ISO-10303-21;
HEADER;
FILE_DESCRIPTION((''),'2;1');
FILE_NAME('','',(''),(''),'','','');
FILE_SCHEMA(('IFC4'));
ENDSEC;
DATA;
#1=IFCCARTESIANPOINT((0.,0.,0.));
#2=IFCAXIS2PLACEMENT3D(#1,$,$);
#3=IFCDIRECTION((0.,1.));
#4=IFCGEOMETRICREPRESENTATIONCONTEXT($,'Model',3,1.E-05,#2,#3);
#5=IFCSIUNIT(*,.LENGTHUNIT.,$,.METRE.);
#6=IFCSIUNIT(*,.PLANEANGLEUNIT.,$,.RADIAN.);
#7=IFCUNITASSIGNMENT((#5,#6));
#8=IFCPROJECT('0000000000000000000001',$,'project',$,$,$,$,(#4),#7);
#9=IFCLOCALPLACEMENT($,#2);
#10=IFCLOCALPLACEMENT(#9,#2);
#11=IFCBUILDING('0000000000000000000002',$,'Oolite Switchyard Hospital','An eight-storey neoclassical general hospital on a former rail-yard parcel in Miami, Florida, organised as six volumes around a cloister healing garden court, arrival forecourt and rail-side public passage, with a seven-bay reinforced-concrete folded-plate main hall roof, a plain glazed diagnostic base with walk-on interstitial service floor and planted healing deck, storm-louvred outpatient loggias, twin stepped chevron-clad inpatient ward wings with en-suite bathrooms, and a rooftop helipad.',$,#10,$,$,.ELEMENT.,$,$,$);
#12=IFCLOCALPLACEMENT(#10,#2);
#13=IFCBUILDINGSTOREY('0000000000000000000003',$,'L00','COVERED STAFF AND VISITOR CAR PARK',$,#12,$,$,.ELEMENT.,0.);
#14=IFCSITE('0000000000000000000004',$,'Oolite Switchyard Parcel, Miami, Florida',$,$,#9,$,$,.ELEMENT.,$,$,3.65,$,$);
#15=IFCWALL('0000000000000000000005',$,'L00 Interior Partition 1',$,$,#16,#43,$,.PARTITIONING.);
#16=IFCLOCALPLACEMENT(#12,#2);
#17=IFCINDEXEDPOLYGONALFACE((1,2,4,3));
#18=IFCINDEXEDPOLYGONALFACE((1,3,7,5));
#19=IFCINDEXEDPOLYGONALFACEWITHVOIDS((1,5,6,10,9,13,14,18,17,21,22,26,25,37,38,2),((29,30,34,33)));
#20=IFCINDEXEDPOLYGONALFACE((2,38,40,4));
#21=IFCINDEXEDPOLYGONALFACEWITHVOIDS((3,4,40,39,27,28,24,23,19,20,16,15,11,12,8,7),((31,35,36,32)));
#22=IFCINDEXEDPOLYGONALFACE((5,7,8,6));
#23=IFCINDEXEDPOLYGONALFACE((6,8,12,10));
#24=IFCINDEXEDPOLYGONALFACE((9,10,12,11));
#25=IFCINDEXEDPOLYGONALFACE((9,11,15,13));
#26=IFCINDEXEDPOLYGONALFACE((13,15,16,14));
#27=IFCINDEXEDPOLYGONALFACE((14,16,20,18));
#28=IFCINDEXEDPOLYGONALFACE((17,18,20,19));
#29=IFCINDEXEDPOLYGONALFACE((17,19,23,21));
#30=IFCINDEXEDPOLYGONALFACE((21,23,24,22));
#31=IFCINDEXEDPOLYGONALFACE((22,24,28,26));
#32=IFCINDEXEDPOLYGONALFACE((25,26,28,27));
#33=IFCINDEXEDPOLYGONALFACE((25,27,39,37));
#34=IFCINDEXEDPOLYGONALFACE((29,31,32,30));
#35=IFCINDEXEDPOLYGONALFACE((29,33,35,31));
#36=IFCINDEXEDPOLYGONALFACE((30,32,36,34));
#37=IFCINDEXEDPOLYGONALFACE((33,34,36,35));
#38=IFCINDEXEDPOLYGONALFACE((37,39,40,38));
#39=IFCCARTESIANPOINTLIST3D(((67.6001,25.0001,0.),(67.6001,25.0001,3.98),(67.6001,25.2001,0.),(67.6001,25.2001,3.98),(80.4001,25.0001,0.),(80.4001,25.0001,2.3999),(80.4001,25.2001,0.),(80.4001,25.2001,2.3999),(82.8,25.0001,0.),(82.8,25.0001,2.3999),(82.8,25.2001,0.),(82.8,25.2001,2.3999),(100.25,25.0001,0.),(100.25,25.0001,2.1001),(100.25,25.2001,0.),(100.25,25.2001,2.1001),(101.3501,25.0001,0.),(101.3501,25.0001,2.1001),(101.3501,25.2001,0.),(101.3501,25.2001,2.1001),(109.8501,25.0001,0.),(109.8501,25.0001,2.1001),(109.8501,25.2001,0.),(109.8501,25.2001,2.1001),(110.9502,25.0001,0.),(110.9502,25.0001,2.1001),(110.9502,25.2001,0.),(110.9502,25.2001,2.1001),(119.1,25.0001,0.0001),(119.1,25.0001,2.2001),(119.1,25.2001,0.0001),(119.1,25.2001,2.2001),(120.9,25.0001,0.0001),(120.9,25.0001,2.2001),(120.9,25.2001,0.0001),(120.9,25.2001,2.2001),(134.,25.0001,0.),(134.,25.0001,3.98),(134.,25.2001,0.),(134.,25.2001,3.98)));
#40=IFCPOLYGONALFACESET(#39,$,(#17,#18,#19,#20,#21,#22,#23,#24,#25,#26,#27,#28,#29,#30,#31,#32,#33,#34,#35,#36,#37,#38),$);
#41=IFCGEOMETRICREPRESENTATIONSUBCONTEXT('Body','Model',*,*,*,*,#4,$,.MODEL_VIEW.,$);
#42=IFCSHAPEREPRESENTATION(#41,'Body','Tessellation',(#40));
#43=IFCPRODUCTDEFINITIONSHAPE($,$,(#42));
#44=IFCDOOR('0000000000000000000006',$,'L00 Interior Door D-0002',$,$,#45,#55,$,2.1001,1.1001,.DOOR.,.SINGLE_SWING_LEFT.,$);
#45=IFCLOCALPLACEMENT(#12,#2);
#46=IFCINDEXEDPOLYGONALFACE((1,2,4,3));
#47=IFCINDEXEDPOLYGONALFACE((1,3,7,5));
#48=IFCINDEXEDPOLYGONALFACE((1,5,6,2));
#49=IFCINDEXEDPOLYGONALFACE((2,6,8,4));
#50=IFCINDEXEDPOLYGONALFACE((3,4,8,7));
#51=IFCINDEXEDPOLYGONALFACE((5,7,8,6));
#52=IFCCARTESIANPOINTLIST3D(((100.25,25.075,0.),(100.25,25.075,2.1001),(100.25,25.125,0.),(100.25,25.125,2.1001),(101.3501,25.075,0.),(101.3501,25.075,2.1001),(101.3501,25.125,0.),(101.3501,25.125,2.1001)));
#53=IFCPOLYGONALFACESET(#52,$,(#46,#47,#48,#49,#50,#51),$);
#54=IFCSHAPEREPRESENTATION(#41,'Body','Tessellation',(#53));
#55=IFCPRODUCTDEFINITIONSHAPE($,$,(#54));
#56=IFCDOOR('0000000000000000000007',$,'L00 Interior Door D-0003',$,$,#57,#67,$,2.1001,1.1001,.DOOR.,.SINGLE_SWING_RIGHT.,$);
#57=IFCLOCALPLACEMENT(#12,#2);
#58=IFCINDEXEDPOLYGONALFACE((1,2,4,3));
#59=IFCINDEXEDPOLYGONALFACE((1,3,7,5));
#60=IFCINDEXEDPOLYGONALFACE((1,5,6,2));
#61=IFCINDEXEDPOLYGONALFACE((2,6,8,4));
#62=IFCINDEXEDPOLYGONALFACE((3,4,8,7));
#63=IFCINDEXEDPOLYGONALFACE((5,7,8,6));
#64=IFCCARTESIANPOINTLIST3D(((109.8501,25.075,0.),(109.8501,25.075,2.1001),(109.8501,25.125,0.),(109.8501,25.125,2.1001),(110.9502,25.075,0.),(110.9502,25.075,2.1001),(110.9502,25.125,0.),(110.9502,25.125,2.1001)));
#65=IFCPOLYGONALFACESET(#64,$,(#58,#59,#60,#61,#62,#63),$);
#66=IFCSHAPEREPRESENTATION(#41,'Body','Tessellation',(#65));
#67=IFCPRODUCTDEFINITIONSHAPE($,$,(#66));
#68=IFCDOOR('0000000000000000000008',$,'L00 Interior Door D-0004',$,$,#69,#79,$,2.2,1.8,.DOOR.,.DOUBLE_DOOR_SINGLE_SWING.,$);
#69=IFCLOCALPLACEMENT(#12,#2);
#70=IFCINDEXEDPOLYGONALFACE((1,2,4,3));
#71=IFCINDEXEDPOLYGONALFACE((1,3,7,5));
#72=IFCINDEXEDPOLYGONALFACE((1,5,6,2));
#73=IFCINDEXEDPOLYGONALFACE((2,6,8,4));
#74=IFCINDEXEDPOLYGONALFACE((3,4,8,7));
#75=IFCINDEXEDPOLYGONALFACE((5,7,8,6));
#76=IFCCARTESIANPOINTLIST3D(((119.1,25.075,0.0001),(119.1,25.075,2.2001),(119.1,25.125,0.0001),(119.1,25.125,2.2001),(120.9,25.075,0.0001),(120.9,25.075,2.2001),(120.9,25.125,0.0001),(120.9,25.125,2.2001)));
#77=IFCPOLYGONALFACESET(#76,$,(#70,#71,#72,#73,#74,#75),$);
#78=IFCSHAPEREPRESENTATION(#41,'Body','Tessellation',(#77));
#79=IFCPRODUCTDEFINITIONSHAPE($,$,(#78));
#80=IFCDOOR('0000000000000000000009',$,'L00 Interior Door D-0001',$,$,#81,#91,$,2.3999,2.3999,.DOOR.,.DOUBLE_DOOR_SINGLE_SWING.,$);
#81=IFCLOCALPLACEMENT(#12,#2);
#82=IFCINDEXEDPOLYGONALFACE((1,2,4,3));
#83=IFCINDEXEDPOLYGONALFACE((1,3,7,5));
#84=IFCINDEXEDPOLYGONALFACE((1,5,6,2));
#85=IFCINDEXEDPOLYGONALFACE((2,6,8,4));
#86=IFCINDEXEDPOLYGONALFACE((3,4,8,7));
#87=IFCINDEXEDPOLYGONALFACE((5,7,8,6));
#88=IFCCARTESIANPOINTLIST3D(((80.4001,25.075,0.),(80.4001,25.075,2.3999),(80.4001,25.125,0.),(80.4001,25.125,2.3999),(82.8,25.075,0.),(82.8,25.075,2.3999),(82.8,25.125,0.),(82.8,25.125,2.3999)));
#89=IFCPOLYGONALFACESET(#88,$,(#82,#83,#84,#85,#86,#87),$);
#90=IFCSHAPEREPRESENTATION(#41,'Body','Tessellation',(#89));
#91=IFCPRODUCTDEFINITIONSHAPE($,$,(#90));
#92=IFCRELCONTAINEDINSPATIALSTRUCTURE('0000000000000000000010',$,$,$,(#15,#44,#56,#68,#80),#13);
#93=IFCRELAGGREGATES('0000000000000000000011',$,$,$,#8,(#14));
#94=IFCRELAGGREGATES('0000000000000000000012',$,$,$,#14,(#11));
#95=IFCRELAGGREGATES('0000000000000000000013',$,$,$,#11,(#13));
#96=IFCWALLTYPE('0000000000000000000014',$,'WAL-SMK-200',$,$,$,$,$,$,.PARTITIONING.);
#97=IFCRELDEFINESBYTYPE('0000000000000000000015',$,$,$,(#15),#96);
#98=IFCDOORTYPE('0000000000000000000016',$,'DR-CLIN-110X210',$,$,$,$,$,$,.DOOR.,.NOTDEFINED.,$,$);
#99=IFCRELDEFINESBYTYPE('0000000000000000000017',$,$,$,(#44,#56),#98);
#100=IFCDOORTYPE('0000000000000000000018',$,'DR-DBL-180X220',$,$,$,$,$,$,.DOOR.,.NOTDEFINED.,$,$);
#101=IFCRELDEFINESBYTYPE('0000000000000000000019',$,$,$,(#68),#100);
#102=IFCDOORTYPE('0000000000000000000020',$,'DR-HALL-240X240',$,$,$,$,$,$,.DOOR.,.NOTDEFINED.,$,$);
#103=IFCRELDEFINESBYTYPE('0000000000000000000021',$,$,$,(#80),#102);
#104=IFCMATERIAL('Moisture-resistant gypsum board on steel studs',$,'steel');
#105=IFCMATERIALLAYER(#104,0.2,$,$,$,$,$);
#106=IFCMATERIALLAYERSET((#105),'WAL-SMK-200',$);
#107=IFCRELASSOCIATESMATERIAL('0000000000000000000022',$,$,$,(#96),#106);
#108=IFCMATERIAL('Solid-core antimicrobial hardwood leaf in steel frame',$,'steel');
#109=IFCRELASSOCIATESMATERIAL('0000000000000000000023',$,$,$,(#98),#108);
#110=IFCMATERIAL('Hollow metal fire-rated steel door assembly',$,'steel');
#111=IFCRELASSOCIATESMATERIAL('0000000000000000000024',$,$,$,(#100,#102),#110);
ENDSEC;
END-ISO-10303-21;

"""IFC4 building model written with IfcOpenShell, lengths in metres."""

from ifc_helpers import new_model, si_unit, direction, frame, frame_2d, origin, place, context, subcontext, project, spatial, rectangle, extrude, material, layer, layer_set, type_object, element, fill, save


model = new_model("IFC4")

# Units and contexts
model_context = context("Model", 3, precision=1e-05, world=origin(), true_north=direction((0.0, 1.0)))
body_context = subcontext(model_context, "Body", "Model", "MODEL_VIEW")
ifc_project = project(units=[si_unit("LENGTHUNIT", "METRE"), si_unit("PLANEANGLEUNIT", "RADIAN")], contexts=[model_context])

# Site, building, storey
site_placement = place(None, origin())
site = spatial("IfcSite", under=ifc_project, at=site_placement, Name="Oolite Switchyard Parcel, Miami, Florida", CompositionType="ELEMENT", RefElevation=3.65)
building_placement = place(site_placement, origin())
building = spatial("IfcBuilding", under=site, at=building_placement, Name="Oolite Switchyard Hospital", Description="An eight-storey neoclassical general hospital on a former rail-yard parcel in Miami, Florida, organised as six volumes around a cloister healing garden court, arrival forecourt and rail-side public passage, with a seven-bay reinforced-concrete folded-plate main hall roof, a plain glazed diagnostic base with walk-on interstitial service floor and planted healing deck, storm-louvred outpatient loggias, twin stepped chevron-clad inpatient ward wings with en-suite bathrooms, and a rooftop helipad.", CompositionType="ELEMENT")
storey_placement = place(building_placement, origin())
storey = spatial("IfcBuildingStorey", under=building, at=storey_placement, Name="L00", Description="COVERED STAFF AND VISITOR CAR PARK", CompositionType="ELEMENT", Elevation=0.0)

# Wall, openings, doors
ifc_material_1 = material(Name="Moisture-resistant gypsum board on steel studs", Category="steel")
ifc_layer_1 = layer(ifc_material_1, 0.2)
ifc_layer_set_1 = layer_set([ifc_layer_1], Name="WAL-SMK-200")
wall_type = type_object("IfcWallType", Name="WAL-SMK-200", PredefinedType="PARTITIONING", material=ifc_layer_set_1)
wall_placement = place(storey_placement, frame((67.6001, 25.1001, 0.0), z_axis=(0.0, 0.0, 1.0), x_axis=(1.0, 0.0, 0.0)))
wall = element("IfcWall", 1, at=wall_placement, inside=storey, type_object=wall_type, Name="L00 Interior Partition 1", PredefinedType="PARTITIONING", context=body_context, shape_type="SweptSolid", body=[
    extrude(rectangle(XDim=66.3999, YDim=0.2, at=frame_2d((33.2, 0.0))), origin(), (0.0, 0.0, 1.0), 3.98),
])
opening_1_placement = place(wall_placement, frame((12.8, 0.0, 0.0)))
opening_1 = element("IfcOpeningElement", 2, at=opening_1_placement, cuts=wall, PredefinedType="OPENING", context=body_context, shape_type="SweptSolid", body=[
    extrude(rectangle(XDim=2.3999, YDim=2.3999, at=frame_2d((1.2, 1.2))), frame((0.0, 0.1099, 0.0), z_axis=(0.0, -1.0, 0.0), x_axis=(1.0, 0.0, 0.0)), (0.0, 0.0, 1.0), 0.22),
])
opening_2_placement = place(wall_placement, frame((32.6499, 0.0, 0.0)))
opening_2 = element("IfcOpeningElement", 3, at=opening_2_placement, cuts=wall, PredefinedType="OPENING", context=body_context, shape_type="SweptSolid", body=[
    extrude(rectangle(XDim=1.1001, YDim=2.1001, at=frame_2d((0.55, 1.05))), frame((0.0, 0.1099, 0.0), z_axis=(0.0, -1.0, 0.0), x_axis=(1.0, 0.0, 0.0)), (0.0, 0.0, 1.0), 0.22),
])
opening_3_placement = place(wall_placement, frame((42.25, 0.0, 0.0)))
opening_3 = element("IfcOpeningElement", 4, at=opening_3_placement, cuts=wall, PredefinedType="OPENING", context=body_context, shape_type="SweptSolid", body=[
    extrude(rectangle(XDim=1.1001, YDim=2.1001, at=frame_2d((0.55, 1.05))), frame((0.0, 0.1099, 0.0), z_axis=(0.0, -1.0, 0.0), x_axis=(1.0, 0.0, 0.0)), (0.0, 0.0, 1.0), 0.22),
])
opening_4_placement = place(wall_placement, frame((51.5, 0.0, 0.0)))
opening_4 = element("IfcOpeningElement", 5, at=opening_4_placement, cuts=wall, PredefinedType="OPENING", context=body_context, shape_type="SweptSolid", body=[
    extrude(rectangle(XDim=1.8, YDim=2.2, at=frame_2d((0.8999, 1.1001))), frame((0.0, 0.1099, 0.0), z_axis=(0.0, -1.0, 0.0), x_axis=(1.0, 0.0, 0.0)), (0.0, 0.0, 1.0), 0.22),
])
ifc_material_2 = material(Name="Solid-core antimicrobial hardwood leaf in steel frame", Category="steel")
door_type_1 = type_object("IfcDoorType", Name="DR-CLIN-110X210", OperationType="NOTDEFINED", PredefinedType="DOOR", material=ifc_material_2)
door_1_placement = place(opening_2_placement, origin())
door_1 = element("IfcDoor", 6, at=door_1_placement, inside=storey, type_object=door_type_1, Name="L00 Interior Door D-0002", OperationType="SINGLE_SWING_LEFT", OverallHeight=2.1001, OverallWidth=1.1001, PredefinedType="DOOR", context=body_context, shape_type="SweptSolid", body=[
    extrude(rectangle(XDim=1.1001, YDim=2.1001, at=frame_2d((0.55, 1.05))), frame((0.0, 0.0249, 0.0), z_axis=(0.0, -1.0, 0.0), x_axis=(1.0, 0.0, 0.0)), (0.0, 0.0, 1.0), 0.05),
])
fill(opening_2, door_1)
door_2_placement = place(opening_3_placement, origin())
door_2 = element("IfcDoor", 7, at=door_2_placement, inside=storey, type_object=door_type_1, Name="L00 Interior Door D-0003", OperationType="SINGLE_SWING_RIGHT", OverallHeight=2.1001, OverallWidth=1.1001, PredefinedType="DOOR", context=body_context, shape_type="SweptSolid", body=[
    extrude(rectangle(XDim=1.1001, YDim=2.1001, at=frame_2d((0.55, 1.05))), frame((0.0, 0.0249, 0.0), z_axis=(0.0, -1.0, 0.0), x_axis=(1.0, 0.0, 0.0)), (0.0, 0.0, 1.0), 0.05),
])
fill(opening_3, door_2)
ifc_material_3 = material(Name="Hollow metal fire-rated steel door assembly", Category="steel")
door_type_2 = type_object("IfcDoorType", Name="DR-DBL-180X220", OperationType="NOTDEFINED", PredefinedType="DOOR", material=ifc_material_3)
door_3_placement = place(opening_4_placement, origin())
door_3 = element("IfcDoor", 8, at=door_3_placement, inside=storey, type_object=door_type_2, Name="L00 Interior Door D-0004", OperationType="DOUBLE_DOOR_SINGLE_SWING", OverallHeight=2.2, OverallWidth=1.8, PredefinedType="DOOR", context=body_context, shape_type="SweptSolid", body=[
    extrude(rectangle(XDim=1.8, YDim=2.2, at=frame_2d((0.8999, 1.1001))), frame((0.0, 0.0249, 0.0), z_axis=(0.0, -1.0, 0.0), x_axis=(1.0, 0.0, 0.0)), (0.0, 0.0, 1.0), 0.05),
])
fill(opening_4, door_3)
door_type_3 = type_object("IfcDoorType", Name="DR-HALL-240X240", OperationType="NOTDEFINED", PredefinedType="DOOR", material=ifc_material_3)
door_4_placement = place(opening_1_placement, origin())
door_4 = element("IfcDoor", 9, at=door_4_placement, inside=storey, type_object=door_type_3, Name="L00 Interior Door D-0001", OperationType="DOUBLE_DOOR_SINGLE_SWING", OverallHeight=2.3999, OverallWidth=2.3999, PredefinedType="DOOR", context=body_context, shape_type="SweptSolid", body=[
    extrude(rectangle(XDim=2.3999, YDim=2.3999, at=frame_2d((1.2, 1.2))), frame((0.0, 0.0249, 0.0), z_axis=(0.0, -1.0, 0.0), x_axis=(1.0, 0.0, 0.0)), (0.0, 0.0, 1.0), 0.05),
])
fill(opening_1, door_4)

save(model, "model.ifc")
